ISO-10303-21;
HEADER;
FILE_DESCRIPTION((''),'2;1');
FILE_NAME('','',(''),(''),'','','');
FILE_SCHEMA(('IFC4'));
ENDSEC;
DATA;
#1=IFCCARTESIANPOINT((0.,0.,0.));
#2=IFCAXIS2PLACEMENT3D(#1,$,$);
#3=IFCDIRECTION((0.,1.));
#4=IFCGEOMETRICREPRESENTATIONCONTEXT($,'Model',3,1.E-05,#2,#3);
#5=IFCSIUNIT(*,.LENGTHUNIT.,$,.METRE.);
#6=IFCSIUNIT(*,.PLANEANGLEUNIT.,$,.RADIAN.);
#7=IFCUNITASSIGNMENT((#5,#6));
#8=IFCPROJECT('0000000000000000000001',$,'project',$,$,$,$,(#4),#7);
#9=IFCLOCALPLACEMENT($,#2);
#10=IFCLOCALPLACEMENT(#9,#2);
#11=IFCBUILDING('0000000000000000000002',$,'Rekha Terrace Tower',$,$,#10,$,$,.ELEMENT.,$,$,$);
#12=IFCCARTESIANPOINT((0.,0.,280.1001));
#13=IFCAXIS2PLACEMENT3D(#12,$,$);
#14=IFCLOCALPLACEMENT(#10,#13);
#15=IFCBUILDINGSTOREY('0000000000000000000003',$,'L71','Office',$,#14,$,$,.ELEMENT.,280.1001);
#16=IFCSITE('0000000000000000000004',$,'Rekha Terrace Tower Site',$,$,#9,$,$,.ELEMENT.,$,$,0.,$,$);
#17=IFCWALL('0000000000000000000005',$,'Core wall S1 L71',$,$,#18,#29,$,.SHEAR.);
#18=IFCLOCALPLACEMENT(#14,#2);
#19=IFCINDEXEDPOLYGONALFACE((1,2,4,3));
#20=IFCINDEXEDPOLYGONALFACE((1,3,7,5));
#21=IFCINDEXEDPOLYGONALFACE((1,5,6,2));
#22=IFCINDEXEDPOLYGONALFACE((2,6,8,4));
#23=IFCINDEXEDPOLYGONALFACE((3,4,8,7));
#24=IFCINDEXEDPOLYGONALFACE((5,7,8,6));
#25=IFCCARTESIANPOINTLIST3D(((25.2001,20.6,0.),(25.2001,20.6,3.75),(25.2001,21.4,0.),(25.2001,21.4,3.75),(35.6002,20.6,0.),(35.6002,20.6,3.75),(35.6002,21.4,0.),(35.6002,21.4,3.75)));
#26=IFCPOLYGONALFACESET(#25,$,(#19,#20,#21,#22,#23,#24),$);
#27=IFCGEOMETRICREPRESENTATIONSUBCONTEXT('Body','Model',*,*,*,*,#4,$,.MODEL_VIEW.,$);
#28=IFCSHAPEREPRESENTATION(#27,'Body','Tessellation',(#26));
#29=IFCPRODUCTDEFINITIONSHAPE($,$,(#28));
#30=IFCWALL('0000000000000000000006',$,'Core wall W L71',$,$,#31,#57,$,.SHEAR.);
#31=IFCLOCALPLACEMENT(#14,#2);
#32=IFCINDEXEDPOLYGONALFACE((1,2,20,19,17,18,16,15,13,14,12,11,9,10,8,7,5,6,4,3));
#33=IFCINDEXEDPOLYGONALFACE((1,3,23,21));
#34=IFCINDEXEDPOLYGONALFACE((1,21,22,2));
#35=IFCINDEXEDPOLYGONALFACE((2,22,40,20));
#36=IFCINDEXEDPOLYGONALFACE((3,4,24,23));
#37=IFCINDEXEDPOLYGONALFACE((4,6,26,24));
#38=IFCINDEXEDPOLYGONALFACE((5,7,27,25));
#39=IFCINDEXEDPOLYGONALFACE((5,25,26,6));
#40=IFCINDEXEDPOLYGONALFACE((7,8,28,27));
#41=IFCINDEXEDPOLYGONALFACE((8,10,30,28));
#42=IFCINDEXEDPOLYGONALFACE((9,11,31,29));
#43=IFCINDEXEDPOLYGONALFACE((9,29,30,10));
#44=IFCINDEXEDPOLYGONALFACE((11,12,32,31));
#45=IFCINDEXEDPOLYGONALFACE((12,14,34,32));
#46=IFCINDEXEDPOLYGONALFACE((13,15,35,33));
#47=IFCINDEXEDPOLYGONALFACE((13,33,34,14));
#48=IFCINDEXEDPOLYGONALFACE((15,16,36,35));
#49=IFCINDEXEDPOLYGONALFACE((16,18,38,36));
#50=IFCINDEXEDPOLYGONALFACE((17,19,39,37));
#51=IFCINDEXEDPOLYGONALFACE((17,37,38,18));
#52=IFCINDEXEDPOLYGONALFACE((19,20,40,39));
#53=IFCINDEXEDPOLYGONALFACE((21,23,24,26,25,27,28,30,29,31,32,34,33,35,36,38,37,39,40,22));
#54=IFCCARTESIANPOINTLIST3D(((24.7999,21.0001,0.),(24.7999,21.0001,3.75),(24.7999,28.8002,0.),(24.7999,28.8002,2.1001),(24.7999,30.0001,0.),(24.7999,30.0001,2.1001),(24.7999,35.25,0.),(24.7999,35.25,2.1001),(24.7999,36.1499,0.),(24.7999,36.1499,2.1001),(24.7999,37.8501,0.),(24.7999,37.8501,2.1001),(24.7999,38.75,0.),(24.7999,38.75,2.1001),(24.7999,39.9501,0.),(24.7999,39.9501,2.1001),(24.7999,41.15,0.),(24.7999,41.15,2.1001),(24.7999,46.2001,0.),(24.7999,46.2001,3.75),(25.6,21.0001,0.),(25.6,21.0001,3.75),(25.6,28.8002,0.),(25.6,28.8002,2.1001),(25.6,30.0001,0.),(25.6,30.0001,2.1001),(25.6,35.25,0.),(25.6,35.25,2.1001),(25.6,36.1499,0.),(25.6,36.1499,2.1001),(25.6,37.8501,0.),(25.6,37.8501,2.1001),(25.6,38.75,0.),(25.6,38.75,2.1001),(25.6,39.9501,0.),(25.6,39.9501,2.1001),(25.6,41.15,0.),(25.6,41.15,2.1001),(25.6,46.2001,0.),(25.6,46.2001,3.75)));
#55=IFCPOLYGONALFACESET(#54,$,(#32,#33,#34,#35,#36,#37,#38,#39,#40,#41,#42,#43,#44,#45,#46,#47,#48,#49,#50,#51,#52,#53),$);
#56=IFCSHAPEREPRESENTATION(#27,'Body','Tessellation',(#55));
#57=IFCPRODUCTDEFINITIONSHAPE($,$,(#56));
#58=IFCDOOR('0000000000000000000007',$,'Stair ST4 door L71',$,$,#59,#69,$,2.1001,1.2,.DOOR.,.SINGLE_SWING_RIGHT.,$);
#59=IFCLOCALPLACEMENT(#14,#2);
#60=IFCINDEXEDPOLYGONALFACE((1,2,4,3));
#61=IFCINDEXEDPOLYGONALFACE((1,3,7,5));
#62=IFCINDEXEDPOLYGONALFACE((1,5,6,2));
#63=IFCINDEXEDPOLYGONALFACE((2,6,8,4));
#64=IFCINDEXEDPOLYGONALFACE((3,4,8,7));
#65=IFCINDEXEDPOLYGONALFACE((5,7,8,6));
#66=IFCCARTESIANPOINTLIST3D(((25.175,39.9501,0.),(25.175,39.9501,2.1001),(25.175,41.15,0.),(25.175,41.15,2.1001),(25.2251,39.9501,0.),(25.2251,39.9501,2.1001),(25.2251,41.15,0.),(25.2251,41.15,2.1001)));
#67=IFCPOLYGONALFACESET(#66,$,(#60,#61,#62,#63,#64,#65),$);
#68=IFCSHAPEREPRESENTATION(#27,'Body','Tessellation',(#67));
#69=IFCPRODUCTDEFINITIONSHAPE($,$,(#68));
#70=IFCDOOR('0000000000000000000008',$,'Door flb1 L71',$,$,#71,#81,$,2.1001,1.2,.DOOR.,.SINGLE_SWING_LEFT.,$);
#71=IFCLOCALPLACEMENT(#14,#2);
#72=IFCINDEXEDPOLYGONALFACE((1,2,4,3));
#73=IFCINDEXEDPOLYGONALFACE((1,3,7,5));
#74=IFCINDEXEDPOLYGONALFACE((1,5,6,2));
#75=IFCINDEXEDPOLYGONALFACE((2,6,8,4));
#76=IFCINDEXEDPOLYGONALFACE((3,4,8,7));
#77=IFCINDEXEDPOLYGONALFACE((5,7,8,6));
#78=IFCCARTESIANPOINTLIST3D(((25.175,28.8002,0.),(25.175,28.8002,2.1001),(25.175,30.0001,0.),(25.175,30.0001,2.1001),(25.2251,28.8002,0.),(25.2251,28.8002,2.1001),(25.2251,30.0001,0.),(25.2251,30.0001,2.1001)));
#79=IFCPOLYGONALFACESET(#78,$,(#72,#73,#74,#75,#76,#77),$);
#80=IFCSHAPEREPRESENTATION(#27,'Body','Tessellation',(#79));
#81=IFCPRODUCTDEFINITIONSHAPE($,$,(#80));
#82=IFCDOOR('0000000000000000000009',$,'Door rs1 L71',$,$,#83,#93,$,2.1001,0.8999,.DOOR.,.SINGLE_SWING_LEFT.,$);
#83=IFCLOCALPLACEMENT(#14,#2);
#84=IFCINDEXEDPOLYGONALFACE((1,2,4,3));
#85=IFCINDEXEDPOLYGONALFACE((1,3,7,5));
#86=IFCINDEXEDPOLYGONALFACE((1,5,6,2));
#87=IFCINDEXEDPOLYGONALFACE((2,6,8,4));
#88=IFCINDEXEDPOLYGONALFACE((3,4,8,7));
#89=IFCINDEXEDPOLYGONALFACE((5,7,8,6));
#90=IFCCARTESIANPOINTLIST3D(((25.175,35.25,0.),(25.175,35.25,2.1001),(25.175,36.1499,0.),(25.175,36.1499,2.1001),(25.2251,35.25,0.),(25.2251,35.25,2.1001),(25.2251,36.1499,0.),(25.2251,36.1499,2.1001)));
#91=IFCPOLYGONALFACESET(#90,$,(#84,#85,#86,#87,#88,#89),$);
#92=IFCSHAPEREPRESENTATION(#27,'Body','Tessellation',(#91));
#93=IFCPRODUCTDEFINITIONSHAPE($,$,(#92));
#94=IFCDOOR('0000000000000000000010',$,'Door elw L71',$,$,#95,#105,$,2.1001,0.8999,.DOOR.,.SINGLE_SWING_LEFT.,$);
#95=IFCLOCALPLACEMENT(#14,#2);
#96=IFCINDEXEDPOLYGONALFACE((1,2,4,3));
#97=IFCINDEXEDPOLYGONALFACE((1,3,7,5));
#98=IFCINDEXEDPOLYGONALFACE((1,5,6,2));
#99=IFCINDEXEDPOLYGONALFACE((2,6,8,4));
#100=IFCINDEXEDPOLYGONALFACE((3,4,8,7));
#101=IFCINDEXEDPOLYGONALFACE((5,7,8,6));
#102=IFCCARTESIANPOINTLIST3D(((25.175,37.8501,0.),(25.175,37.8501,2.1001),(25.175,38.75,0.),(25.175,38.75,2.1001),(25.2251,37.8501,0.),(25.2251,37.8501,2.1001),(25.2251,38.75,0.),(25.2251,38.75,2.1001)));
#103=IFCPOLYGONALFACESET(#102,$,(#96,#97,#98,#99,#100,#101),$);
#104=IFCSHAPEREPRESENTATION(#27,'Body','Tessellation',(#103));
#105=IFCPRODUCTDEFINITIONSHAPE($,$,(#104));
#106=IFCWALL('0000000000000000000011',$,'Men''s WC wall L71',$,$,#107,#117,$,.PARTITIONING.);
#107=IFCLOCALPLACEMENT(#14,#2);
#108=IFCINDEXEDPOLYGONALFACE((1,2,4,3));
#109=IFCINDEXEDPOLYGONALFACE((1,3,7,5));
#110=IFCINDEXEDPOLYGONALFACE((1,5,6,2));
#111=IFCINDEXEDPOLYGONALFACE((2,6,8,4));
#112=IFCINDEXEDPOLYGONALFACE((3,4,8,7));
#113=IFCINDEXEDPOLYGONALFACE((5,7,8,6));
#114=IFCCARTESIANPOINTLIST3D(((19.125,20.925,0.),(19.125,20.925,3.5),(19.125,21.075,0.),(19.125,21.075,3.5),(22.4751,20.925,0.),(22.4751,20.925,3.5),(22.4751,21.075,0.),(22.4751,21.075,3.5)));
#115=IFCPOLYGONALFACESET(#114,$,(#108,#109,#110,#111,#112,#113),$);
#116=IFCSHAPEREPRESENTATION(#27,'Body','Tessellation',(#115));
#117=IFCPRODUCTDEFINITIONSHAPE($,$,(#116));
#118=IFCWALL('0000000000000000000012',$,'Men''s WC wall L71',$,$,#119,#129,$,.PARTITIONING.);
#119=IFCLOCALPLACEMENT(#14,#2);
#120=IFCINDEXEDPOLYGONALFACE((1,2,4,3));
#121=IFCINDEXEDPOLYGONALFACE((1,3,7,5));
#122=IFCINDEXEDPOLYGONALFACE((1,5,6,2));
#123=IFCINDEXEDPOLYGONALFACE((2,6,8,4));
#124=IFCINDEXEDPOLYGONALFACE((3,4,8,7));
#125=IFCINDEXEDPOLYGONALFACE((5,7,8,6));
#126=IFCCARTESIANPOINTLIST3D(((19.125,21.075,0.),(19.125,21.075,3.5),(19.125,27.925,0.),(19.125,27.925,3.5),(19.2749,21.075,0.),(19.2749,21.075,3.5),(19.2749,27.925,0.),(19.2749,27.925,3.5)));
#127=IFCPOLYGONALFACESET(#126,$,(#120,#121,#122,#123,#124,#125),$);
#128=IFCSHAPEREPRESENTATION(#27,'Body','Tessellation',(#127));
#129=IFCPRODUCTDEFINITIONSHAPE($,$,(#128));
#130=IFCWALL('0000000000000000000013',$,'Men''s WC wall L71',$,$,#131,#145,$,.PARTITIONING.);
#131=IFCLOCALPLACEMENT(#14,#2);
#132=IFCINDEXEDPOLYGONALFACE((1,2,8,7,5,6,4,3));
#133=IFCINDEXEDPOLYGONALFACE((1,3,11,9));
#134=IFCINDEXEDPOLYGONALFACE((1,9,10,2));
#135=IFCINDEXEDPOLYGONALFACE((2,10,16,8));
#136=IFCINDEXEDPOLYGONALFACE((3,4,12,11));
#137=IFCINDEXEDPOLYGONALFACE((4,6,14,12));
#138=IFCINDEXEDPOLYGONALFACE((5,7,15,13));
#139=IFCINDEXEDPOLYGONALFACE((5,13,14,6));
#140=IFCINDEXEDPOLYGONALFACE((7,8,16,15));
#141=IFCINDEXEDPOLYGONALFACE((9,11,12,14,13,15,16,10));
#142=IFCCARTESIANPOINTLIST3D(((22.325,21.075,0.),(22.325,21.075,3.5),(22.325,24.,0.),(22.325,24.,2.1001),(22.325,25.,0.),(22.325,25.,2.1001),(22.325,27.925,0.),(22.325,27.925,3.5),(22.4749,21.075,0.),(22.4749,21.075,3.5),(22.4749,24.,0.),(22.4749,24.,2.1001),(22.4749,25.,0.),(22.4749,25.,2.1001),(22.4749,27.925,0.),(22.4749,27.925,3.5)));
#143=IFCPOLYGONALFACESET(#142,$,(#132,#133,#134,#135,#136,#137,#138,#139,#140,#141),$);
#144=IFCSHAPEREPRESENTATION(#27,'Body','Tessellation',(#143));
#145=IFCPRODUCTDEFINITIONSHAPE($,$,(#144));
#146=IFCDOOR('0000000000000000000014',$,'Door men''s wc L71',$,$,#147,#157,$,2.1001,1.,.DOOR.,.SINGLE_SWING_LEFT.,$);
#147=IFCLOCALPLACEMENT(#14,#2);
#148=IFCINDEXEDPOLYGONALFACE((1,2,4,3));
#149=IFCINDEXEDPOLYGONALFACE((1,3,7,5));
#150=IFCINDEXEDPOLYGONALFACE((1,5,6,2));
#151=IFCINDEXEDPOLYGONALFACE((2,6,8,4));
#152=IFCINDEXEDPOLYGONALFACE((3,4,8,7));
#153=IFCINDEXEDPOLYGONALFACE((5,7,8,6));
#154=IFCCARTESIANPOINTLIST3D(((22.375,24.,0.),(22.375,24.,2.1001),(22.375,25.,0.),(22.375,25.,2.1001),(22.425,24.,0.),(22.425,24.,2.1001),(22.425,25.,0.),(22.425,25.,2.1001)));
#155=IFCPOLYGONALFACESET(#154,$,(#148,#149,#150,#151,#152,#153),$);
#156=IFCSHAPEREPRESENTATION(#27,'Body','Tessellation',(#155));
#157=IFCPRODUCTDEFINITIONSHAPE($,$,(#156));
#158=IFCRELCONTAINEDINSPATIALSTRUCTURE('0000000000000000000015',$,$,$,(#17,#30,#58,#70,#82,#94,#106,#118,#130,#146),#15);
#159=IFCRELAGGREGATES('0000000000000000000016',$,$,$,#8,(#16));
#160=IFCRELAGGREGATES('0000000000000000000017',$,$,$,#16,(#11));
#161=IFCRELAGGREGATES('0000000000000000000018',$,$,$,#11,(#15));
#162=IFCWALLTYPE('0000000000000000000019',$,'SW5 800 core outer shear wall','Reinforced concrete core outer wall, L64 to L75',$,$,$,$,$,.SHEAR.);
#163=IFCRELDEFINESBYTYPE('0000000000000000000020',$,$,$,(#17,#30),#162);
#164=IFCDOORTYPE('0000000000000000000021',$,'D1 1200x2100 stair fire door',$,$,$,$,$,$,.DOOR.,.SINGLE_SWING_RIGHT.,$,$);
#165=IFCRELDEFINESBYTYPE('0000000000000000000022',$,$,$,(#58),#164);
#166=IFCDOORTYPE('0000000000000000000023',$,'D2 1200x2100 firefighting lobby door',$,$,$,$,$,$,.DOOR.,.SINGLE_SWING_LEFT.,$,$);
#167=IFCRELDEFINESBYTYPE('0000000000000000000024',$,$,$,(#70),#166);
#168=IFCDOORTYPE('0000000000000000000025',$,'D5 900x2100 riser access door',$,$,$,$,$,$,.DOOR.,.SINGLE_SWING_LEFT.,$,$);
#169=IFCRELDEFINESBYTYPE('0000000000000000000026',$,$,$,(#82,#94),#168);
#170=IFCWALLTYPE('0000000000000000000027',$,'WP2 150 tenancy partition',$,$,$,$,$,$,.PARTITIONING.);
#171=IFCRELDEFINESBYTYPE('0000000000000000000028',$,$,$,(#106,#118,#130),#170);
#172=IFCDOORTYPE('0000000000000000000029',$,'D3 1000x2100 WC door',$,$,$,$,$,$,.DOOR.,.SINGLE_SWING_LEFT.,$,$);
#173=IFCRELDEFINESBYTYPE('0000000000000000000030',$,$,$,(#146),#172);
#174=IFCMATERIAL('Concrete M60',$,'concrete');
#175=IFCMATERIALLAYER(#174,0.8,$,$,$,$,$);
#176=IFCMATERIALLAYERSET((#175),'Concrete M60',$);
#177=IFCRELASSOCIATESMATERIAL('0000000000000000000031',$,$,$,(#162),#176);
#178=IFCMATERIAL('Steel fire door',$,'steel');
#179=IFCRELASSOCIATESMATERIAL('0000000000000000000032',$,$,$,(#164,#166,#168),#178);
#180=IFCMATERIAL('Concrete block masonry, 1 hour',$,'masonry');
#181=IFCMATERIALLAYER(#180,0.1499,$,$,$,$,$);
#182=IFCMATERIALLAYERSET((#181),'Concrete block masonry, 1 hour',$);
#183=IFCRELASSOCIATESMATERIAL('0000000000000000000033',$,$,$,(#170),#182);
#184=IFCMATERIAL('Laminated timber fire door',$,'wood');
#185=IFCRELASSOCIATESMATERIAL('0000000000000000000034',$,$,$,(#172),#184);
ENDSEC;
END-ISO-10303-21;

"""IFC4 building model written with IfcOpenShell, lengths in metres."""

from ifc_helpers import new_model, si_unit, direction, frame, frame_2d, origin, place, context, subcontext, project, spatial, rectangle, extrude, material, layer, layer_set, type_object, element, fill, save


model = new_model("IFC4")

# Units and contexts
model_context = context("Model", 3, precision=1e-05, world=origin(), true_north=direction((0.0, 1.0)))
body_context = subcontext(model_context, "Body", "Model", "MODEL_VIEW")
ifc_project = project(units=[si_unit("LENGTHUNIT", "METRE"), si_unit("PLANEANGLEUNIT", "RADIAN")], contexts=[model_context])

# Site, building, storey
site_placement = place(None, origin())
site = spatial("IfcSite", under=ifc_project, at=site_placement, Name="Rekha Terrace Tower Site", CompositionType="ELEMENT", RefElevation=0.0)
building_placement = place(site_placement, origin())
building = spatial("IfcBuilding", under=site, at=building_placement, Name="Rekha Terrace Tower", CompositionType="ELEMENT")
storey_placement = place(building_placement, frame((0.0, 0.0, 280.1001)))
storey = spatial("IfcBuildingStorey", under=building, at=storey_placement, Name="L71", Description="Office", CompositionType="ELEMENT", Elevation=280.1001)

# Wall
ifc_material_1 = material(Name="Concrete M60", Category="concrete")
ifc_layer_1 = layer(ifc_material_1, 0.8)
ifc_layer_set_1 = layer_set([ifc_layer_1], Name="Concrete M60")
wall_type_1 = type_object("IfcWallType", Name="SW5 800 core outer shear wall", Description="Reinforced concrete core outer wall, L64 to L75", PredefinedType="SHEAR", material=ifc_layer_set_1)
wall_1_placement = place(storey_placement, frame((25.2, 21.0, 0.0), z_axis=(0.0, 0.0, 1.0), x_axis=(1.0, 0.0, 0.0)))
element("IfcWall", 1, at=wall_1_placement, inside=storey, type_object=wall_type_1, Name="Core wall S1 L71", PredefinedType="SHEAR", context=body_context, shape_type="SweptSolid", body=[
    extrude(rectangle(XDim=10.4001, YDim=0.8, at=frame_2d((5.2002, 0.0))), origin(), (0.0, 0.0, 1.0), 3.75),
])

# Wall, openings, doors
wall_2_placement = place(storey_placement, frame((25.2, 21.0, 0.0), z_axis=(0.0, 0.0, 1.0), x_axis=(0.0, 1.0, 0.0)))
wall_2 = element("IfcWall", 2, at=wall_2_placement, inside=storey, type_object=wall_type_1, Name="Core wall W L71", PredefinedType="SHEAR", context=body_context, shape_type="SweptSolid", body=[
    extrude(rectangle(XDim=25.2, YDim=0.8, at=frame_2d((12.6001, 0.0))), origin(), (0.0, 0.0, 1.0), 3.75),
])
opening_1_placement = place(wall_2_placement, frame((7.8, 0.0, 0.0)))
opening_1 = element("IfcOpeningElement", 3, at=opening_1_placement, cuts=wall_2, PredefinedType="OPENING", context=body_context, shape_type="SweptSolid", body=[
    extrude(rectangle(XDim=1.2, YDim=2.1001, at=frame_2d((0.6001, 1.05))), frame((0.0, 0.4099, 0.0), z_axis=(0.0, -1.0, 0.0), x_axis=(1.0, 0.0, 0.0)), (0.0, 0.0, 1.0), 0.8201),
])
opening_2_placement = place(wall_2_placement, frame((14.25, 0.0, 0.0)))
opening_2 = element("IfcOpeningElement", 4, at=opening_2_placement, cuts=wall_2, PredefinedType="OPENING", context=body_context, shape_type="SweptSolid", body=[
    extrude(rectangle(XDim=0.8999, YDim=2.1001, at=frame_2d((0.45, 1.05))), frame((0.0, 0.4099, 0.0), z_axis=(0.0, -1.0, 0.0), x_axis=(1.0, 0.0, 0.0)), (0.0, 0.0, 1.0), 0.8201),
])
opening_3_placement = place(wall_2_placement, frame((16.8501, 0.0, 0.0)))
opening_3 = element("IfcOpeningElement", 5, at=opening_3_placement, cuts=wall_2, PredefinedType="OPENING", context=body_context, shape_type="SweptSolid", body=[
    extrude(rectangle(XDim=0.8999, YDim=2.1001, at=frame_2d((0.45, 1.05))), frame((0.0, 0.4099, 0.0), z_axis=(0.0, -1.0, 0.0), x_axis=(1.0, 0.0, 0.0)), (0.0, 0.0, 1.0), 0.8201),
])
opening_4_placement = place(wall_2_placement, frame((18.95, 0.0, 0.0)))
opening_4 = element("IfcOpeningElement", 6, at=opening_4_placement, cuts=wall_2, PredefinedType="OPENING", context=body_context, shape_type="SweptSolid", body=[
    extrude(rectangle(XDim=1.2, YDim=2.1001, at=frame_2d((0.6001, 1.05))), frame((0.0, 0.4099, 0.0), z_axis=(0.0, -1.0, 0.0), x_axis=(1.0, 0.0, 0.0)), (0.0, 0.0, 1.0), 0.8201),
])
ifc_material_2 = material(Name="Steel fire door", Category="steel")
door_type_1 = type_object("IfcDoorType", Name="D1 1200x2100 stair fire door", OperationType="SINGLE_SWING_RIGHT", PredefinedType="DOOR", material=ifc_material_2)
door_1_placement = place(opening_4_placement, origin())
door_1 = element("IfcDoor", 7, at=door_1_placement, inside=storey, type_object=door_type_1, Name="Stair ST4 door L71", OperationType="SINGLE_SWING_RIGHT", OverallHeight=2.1001, OverallWidth=1.2, PredefinedType="DOOR", context=body_context, shape_type="SweptSolid", body=[
    extrude(rectangle(XDim=1.2, YDim=2.1001, at=frame_2d((0.6001, 1.05))), frame((0.0, 0.0249, 0.0), z_axis=(0.0, -1.0, 0.0), x_axis=(1.0, 0.0, 0.0)), (0.0, 0.0, 1.0), 0.05),
])
fill(opening_4, door_1)
door_type_2 = type_object("IfcDoorType", Name="D2 1200x2100 firefighting lobby door", OperationType="SINGLE_SWING_LEFT", PredefinedType="DOOR", material=ifc_material_2)
door_2_placement = place(opening_1_placement, origin())
door_2 = element("IfcDoor", 8, at=door_2_placement, inside=storey, type_object=door_type_2, Name="Door flb1 L71", OperationType="SINGLE_SWING_LEFT", OverallHeight=2.1001, OverallWidth=1.2, PredefinedType="DOOR", context=body_context, shape_type="SweptSolid", body=[
    extrude(rectangle(XDim=1.2, YDim=2.1001, at=frame_2d((0.6001, 1.05))), frame((0.0, 0.0249, 0.0), z_axis=(0.0, -1.0, 0.0), x_axis=(1.0, 0.0, 0.0)), (0.0, 0.0, 1.0), 0.05),
])
fill(opening_1, door_2)
door_type_3 = type_object("IfcDoorType", Name="D5 900x2100 riser access door", OperationType="SINGLE_SWING_LEFT", PredefinedType="DOOR", material=ifc_material_2)
door_3_placement = place(opening_2_placement, origin())
door_3 = element("IfcDoor", 9, at=door_3_placement, inside=storey, type_object=door_type_3, Name="Door rs1 L71", OperationType="SINGLE_SWING_LEFT", OverallHeight=2.1001, OverallWidth=0.8999, PredefinedType="DOOR", context=body_context, shape_type="SweptSolid", body=[
    extrude(rectangle(XDim=0.8999, YDim=2.1001, at=frame_2d((0.45, 1.05))), frame((0.0, 0.0249, 0.0), z_axis=(0.0, -1.0, 0.0), x_axis=(1.0, 0.0, 0.0)), (0.0, 0.0, 1.0), 0.05),
])
fill(opening_2, door_3)
door_4_placement = place(opening_3_placement, origin())
door_4 = element("IfcDoor", 10, at=door_4_placement, inside=storey, type_object=door_type_3, Name="Door elw L71", OperationType="SINGLE_SWING_LEFT", OverallHeight=2.1001, OverallWidth=0.8999, PredefinedType="DOOR", context=body_context, shape_type="SweptSolid", body=[
    extrude(rectangle(XDim=0.8999, YDim=2.1001, at=frame_2d((0.45, 1.05))), frame((0.0, 0.0249, 0.0), z_axis=(0.0, -1.0, 0.0), x_axis=(1.0, 0.0, 0.0)), (0.0, 0.0, 1.0), 0.05),
])
fill(opening_3, door_4)

# Walls
ifc_material_3 = material(Name="Concrete block masonry, 1 hour", Category="masonry")
ifc_layer_2 = layer(ifc_material_3, 0.1499)
ifc_layer_set_2 = layer_set([ifc_layer_2], Name="Concrete block masonry, 1 hour")
wall_type_2 = type_object("IfcWallType", Name="WP2 150 tenancy partition", PredefinedType="PARTITIONING", material=ifc_layer_set_2)
wall_3_placement = place(storey_placement, frame((19.125, 21.0, 0.0), z_axis=(0.0, 0.0, 1.0), x_axis=(1.0, 0.0, 0.0)))
element("IfcWall", 11, at=wall_3_placement, inside=storey, type_object=wall_type_2, Name="Men's WC wall L71", PredefinedType="PARTITIONING", context=body_context, shape_type="SweptSolid", body=[
    extrude(rectangle(XDim=3.3501, YDim=0.1499, at=frame_2d((1.675, 0.0))), origin(), (0.0, 0.0, 1.0), 3.5),
])
wall_4_placement = place(storey_placement, frame((19.2, 21.075, 0.0), z_axis=(0.0, 0.0, 1.0), x_axis=(0.0, 1.0, 0.0)))
element("IfcWall", 12, at=wall_4_placement, inside=storey, type_object=wall_type_2, Name="Men's WC wall L71", PredefinedType="PARTITIONING", context=body_context, shape_type="SweptSolid", body=[
    extrude(rectangle(XDim=6.8501, YDim=0.1499, at=frame_2d((3.425, 0.0))), origin(), (0.0, 0.0, 1.0), 3.5),
])

# Wall, opening, door
wall_5_placement = place(storey_placement, frame((22.3999, 21.075, 0.0), z_axis=(0.0, 0.0, 1.0), x_axis=(0.0, 1.0, 0.0)))
wall_5 = element("IfcWall", 13, at=wall_5_placement, inside=storey, type_object=wall_type_2, Name="Men's WC wall L71", PredefinedType="PARTITIONING", context=body_context, shape_type="SweptSolid", body=[
    extrude(rectangle(XDim=6.8501, YDim=0.1499, at=frame_2d((3.425, 0.0))), origin(), (0.0, 0.0, 1.0), 3.5),
])
opening_5_placement = place(wall_5_placement, frame((2.925, 0.0, 0.0)))
opening_5 = element("IfcOpeningElement", 14, at=opening_5_placement, cuts=wall_5, PredefinedType="OPENING", context=body_context, shape_type="SweptSolid", body=[
    extrude(rectangle(XDim=1.0, YDim=2.1001, at=frame_2d((0.5, 1.05))), frame((0.0, 0.085, 0.0), z_axis=(0.0, -1.0, 0.0), x_axis=(1.0, 0.0, 0.0)), (0.0, 0.0, 1.0), 0.1699),
])
ifc_material_4 = material(Name="Laminated timber fire door", Category="wood")
door_type_4 = type_object("IfcDoorType", Name="D3 1000x2100 WC door", OperationType="SINGLE_SWING_LEFT", PredefinedType="DOOR", material=ifc_material_4)
door_5_placement = place(opening_5_placement, origin())
door_5 = element("IfcDoor", 15, at=door_5_placement, inside=storey, type_object=door_type_4, Name="Door men's wc L71", OperationType="SINGLE_SWING_LEFT", OverallHeight=2.1001, OverallWidth=1.0, PredefinedType="DOOR", context=body_context, shape_type="SweptSolid", body=[
    extrude(rectangle(XDim=1.0, YDim=2.1001, at=frame_2d((0.5, 1.05))), frame((0.0, 0.0249, 0.0), z_axis=(0.0, -1.0, 0.0), x_axis=(1.0, 0.0, 0.0)), (0.0, 0.0, 1.0), 0.05),
])
fill(opening_5, door_5)

save(model, "model.ifc")
